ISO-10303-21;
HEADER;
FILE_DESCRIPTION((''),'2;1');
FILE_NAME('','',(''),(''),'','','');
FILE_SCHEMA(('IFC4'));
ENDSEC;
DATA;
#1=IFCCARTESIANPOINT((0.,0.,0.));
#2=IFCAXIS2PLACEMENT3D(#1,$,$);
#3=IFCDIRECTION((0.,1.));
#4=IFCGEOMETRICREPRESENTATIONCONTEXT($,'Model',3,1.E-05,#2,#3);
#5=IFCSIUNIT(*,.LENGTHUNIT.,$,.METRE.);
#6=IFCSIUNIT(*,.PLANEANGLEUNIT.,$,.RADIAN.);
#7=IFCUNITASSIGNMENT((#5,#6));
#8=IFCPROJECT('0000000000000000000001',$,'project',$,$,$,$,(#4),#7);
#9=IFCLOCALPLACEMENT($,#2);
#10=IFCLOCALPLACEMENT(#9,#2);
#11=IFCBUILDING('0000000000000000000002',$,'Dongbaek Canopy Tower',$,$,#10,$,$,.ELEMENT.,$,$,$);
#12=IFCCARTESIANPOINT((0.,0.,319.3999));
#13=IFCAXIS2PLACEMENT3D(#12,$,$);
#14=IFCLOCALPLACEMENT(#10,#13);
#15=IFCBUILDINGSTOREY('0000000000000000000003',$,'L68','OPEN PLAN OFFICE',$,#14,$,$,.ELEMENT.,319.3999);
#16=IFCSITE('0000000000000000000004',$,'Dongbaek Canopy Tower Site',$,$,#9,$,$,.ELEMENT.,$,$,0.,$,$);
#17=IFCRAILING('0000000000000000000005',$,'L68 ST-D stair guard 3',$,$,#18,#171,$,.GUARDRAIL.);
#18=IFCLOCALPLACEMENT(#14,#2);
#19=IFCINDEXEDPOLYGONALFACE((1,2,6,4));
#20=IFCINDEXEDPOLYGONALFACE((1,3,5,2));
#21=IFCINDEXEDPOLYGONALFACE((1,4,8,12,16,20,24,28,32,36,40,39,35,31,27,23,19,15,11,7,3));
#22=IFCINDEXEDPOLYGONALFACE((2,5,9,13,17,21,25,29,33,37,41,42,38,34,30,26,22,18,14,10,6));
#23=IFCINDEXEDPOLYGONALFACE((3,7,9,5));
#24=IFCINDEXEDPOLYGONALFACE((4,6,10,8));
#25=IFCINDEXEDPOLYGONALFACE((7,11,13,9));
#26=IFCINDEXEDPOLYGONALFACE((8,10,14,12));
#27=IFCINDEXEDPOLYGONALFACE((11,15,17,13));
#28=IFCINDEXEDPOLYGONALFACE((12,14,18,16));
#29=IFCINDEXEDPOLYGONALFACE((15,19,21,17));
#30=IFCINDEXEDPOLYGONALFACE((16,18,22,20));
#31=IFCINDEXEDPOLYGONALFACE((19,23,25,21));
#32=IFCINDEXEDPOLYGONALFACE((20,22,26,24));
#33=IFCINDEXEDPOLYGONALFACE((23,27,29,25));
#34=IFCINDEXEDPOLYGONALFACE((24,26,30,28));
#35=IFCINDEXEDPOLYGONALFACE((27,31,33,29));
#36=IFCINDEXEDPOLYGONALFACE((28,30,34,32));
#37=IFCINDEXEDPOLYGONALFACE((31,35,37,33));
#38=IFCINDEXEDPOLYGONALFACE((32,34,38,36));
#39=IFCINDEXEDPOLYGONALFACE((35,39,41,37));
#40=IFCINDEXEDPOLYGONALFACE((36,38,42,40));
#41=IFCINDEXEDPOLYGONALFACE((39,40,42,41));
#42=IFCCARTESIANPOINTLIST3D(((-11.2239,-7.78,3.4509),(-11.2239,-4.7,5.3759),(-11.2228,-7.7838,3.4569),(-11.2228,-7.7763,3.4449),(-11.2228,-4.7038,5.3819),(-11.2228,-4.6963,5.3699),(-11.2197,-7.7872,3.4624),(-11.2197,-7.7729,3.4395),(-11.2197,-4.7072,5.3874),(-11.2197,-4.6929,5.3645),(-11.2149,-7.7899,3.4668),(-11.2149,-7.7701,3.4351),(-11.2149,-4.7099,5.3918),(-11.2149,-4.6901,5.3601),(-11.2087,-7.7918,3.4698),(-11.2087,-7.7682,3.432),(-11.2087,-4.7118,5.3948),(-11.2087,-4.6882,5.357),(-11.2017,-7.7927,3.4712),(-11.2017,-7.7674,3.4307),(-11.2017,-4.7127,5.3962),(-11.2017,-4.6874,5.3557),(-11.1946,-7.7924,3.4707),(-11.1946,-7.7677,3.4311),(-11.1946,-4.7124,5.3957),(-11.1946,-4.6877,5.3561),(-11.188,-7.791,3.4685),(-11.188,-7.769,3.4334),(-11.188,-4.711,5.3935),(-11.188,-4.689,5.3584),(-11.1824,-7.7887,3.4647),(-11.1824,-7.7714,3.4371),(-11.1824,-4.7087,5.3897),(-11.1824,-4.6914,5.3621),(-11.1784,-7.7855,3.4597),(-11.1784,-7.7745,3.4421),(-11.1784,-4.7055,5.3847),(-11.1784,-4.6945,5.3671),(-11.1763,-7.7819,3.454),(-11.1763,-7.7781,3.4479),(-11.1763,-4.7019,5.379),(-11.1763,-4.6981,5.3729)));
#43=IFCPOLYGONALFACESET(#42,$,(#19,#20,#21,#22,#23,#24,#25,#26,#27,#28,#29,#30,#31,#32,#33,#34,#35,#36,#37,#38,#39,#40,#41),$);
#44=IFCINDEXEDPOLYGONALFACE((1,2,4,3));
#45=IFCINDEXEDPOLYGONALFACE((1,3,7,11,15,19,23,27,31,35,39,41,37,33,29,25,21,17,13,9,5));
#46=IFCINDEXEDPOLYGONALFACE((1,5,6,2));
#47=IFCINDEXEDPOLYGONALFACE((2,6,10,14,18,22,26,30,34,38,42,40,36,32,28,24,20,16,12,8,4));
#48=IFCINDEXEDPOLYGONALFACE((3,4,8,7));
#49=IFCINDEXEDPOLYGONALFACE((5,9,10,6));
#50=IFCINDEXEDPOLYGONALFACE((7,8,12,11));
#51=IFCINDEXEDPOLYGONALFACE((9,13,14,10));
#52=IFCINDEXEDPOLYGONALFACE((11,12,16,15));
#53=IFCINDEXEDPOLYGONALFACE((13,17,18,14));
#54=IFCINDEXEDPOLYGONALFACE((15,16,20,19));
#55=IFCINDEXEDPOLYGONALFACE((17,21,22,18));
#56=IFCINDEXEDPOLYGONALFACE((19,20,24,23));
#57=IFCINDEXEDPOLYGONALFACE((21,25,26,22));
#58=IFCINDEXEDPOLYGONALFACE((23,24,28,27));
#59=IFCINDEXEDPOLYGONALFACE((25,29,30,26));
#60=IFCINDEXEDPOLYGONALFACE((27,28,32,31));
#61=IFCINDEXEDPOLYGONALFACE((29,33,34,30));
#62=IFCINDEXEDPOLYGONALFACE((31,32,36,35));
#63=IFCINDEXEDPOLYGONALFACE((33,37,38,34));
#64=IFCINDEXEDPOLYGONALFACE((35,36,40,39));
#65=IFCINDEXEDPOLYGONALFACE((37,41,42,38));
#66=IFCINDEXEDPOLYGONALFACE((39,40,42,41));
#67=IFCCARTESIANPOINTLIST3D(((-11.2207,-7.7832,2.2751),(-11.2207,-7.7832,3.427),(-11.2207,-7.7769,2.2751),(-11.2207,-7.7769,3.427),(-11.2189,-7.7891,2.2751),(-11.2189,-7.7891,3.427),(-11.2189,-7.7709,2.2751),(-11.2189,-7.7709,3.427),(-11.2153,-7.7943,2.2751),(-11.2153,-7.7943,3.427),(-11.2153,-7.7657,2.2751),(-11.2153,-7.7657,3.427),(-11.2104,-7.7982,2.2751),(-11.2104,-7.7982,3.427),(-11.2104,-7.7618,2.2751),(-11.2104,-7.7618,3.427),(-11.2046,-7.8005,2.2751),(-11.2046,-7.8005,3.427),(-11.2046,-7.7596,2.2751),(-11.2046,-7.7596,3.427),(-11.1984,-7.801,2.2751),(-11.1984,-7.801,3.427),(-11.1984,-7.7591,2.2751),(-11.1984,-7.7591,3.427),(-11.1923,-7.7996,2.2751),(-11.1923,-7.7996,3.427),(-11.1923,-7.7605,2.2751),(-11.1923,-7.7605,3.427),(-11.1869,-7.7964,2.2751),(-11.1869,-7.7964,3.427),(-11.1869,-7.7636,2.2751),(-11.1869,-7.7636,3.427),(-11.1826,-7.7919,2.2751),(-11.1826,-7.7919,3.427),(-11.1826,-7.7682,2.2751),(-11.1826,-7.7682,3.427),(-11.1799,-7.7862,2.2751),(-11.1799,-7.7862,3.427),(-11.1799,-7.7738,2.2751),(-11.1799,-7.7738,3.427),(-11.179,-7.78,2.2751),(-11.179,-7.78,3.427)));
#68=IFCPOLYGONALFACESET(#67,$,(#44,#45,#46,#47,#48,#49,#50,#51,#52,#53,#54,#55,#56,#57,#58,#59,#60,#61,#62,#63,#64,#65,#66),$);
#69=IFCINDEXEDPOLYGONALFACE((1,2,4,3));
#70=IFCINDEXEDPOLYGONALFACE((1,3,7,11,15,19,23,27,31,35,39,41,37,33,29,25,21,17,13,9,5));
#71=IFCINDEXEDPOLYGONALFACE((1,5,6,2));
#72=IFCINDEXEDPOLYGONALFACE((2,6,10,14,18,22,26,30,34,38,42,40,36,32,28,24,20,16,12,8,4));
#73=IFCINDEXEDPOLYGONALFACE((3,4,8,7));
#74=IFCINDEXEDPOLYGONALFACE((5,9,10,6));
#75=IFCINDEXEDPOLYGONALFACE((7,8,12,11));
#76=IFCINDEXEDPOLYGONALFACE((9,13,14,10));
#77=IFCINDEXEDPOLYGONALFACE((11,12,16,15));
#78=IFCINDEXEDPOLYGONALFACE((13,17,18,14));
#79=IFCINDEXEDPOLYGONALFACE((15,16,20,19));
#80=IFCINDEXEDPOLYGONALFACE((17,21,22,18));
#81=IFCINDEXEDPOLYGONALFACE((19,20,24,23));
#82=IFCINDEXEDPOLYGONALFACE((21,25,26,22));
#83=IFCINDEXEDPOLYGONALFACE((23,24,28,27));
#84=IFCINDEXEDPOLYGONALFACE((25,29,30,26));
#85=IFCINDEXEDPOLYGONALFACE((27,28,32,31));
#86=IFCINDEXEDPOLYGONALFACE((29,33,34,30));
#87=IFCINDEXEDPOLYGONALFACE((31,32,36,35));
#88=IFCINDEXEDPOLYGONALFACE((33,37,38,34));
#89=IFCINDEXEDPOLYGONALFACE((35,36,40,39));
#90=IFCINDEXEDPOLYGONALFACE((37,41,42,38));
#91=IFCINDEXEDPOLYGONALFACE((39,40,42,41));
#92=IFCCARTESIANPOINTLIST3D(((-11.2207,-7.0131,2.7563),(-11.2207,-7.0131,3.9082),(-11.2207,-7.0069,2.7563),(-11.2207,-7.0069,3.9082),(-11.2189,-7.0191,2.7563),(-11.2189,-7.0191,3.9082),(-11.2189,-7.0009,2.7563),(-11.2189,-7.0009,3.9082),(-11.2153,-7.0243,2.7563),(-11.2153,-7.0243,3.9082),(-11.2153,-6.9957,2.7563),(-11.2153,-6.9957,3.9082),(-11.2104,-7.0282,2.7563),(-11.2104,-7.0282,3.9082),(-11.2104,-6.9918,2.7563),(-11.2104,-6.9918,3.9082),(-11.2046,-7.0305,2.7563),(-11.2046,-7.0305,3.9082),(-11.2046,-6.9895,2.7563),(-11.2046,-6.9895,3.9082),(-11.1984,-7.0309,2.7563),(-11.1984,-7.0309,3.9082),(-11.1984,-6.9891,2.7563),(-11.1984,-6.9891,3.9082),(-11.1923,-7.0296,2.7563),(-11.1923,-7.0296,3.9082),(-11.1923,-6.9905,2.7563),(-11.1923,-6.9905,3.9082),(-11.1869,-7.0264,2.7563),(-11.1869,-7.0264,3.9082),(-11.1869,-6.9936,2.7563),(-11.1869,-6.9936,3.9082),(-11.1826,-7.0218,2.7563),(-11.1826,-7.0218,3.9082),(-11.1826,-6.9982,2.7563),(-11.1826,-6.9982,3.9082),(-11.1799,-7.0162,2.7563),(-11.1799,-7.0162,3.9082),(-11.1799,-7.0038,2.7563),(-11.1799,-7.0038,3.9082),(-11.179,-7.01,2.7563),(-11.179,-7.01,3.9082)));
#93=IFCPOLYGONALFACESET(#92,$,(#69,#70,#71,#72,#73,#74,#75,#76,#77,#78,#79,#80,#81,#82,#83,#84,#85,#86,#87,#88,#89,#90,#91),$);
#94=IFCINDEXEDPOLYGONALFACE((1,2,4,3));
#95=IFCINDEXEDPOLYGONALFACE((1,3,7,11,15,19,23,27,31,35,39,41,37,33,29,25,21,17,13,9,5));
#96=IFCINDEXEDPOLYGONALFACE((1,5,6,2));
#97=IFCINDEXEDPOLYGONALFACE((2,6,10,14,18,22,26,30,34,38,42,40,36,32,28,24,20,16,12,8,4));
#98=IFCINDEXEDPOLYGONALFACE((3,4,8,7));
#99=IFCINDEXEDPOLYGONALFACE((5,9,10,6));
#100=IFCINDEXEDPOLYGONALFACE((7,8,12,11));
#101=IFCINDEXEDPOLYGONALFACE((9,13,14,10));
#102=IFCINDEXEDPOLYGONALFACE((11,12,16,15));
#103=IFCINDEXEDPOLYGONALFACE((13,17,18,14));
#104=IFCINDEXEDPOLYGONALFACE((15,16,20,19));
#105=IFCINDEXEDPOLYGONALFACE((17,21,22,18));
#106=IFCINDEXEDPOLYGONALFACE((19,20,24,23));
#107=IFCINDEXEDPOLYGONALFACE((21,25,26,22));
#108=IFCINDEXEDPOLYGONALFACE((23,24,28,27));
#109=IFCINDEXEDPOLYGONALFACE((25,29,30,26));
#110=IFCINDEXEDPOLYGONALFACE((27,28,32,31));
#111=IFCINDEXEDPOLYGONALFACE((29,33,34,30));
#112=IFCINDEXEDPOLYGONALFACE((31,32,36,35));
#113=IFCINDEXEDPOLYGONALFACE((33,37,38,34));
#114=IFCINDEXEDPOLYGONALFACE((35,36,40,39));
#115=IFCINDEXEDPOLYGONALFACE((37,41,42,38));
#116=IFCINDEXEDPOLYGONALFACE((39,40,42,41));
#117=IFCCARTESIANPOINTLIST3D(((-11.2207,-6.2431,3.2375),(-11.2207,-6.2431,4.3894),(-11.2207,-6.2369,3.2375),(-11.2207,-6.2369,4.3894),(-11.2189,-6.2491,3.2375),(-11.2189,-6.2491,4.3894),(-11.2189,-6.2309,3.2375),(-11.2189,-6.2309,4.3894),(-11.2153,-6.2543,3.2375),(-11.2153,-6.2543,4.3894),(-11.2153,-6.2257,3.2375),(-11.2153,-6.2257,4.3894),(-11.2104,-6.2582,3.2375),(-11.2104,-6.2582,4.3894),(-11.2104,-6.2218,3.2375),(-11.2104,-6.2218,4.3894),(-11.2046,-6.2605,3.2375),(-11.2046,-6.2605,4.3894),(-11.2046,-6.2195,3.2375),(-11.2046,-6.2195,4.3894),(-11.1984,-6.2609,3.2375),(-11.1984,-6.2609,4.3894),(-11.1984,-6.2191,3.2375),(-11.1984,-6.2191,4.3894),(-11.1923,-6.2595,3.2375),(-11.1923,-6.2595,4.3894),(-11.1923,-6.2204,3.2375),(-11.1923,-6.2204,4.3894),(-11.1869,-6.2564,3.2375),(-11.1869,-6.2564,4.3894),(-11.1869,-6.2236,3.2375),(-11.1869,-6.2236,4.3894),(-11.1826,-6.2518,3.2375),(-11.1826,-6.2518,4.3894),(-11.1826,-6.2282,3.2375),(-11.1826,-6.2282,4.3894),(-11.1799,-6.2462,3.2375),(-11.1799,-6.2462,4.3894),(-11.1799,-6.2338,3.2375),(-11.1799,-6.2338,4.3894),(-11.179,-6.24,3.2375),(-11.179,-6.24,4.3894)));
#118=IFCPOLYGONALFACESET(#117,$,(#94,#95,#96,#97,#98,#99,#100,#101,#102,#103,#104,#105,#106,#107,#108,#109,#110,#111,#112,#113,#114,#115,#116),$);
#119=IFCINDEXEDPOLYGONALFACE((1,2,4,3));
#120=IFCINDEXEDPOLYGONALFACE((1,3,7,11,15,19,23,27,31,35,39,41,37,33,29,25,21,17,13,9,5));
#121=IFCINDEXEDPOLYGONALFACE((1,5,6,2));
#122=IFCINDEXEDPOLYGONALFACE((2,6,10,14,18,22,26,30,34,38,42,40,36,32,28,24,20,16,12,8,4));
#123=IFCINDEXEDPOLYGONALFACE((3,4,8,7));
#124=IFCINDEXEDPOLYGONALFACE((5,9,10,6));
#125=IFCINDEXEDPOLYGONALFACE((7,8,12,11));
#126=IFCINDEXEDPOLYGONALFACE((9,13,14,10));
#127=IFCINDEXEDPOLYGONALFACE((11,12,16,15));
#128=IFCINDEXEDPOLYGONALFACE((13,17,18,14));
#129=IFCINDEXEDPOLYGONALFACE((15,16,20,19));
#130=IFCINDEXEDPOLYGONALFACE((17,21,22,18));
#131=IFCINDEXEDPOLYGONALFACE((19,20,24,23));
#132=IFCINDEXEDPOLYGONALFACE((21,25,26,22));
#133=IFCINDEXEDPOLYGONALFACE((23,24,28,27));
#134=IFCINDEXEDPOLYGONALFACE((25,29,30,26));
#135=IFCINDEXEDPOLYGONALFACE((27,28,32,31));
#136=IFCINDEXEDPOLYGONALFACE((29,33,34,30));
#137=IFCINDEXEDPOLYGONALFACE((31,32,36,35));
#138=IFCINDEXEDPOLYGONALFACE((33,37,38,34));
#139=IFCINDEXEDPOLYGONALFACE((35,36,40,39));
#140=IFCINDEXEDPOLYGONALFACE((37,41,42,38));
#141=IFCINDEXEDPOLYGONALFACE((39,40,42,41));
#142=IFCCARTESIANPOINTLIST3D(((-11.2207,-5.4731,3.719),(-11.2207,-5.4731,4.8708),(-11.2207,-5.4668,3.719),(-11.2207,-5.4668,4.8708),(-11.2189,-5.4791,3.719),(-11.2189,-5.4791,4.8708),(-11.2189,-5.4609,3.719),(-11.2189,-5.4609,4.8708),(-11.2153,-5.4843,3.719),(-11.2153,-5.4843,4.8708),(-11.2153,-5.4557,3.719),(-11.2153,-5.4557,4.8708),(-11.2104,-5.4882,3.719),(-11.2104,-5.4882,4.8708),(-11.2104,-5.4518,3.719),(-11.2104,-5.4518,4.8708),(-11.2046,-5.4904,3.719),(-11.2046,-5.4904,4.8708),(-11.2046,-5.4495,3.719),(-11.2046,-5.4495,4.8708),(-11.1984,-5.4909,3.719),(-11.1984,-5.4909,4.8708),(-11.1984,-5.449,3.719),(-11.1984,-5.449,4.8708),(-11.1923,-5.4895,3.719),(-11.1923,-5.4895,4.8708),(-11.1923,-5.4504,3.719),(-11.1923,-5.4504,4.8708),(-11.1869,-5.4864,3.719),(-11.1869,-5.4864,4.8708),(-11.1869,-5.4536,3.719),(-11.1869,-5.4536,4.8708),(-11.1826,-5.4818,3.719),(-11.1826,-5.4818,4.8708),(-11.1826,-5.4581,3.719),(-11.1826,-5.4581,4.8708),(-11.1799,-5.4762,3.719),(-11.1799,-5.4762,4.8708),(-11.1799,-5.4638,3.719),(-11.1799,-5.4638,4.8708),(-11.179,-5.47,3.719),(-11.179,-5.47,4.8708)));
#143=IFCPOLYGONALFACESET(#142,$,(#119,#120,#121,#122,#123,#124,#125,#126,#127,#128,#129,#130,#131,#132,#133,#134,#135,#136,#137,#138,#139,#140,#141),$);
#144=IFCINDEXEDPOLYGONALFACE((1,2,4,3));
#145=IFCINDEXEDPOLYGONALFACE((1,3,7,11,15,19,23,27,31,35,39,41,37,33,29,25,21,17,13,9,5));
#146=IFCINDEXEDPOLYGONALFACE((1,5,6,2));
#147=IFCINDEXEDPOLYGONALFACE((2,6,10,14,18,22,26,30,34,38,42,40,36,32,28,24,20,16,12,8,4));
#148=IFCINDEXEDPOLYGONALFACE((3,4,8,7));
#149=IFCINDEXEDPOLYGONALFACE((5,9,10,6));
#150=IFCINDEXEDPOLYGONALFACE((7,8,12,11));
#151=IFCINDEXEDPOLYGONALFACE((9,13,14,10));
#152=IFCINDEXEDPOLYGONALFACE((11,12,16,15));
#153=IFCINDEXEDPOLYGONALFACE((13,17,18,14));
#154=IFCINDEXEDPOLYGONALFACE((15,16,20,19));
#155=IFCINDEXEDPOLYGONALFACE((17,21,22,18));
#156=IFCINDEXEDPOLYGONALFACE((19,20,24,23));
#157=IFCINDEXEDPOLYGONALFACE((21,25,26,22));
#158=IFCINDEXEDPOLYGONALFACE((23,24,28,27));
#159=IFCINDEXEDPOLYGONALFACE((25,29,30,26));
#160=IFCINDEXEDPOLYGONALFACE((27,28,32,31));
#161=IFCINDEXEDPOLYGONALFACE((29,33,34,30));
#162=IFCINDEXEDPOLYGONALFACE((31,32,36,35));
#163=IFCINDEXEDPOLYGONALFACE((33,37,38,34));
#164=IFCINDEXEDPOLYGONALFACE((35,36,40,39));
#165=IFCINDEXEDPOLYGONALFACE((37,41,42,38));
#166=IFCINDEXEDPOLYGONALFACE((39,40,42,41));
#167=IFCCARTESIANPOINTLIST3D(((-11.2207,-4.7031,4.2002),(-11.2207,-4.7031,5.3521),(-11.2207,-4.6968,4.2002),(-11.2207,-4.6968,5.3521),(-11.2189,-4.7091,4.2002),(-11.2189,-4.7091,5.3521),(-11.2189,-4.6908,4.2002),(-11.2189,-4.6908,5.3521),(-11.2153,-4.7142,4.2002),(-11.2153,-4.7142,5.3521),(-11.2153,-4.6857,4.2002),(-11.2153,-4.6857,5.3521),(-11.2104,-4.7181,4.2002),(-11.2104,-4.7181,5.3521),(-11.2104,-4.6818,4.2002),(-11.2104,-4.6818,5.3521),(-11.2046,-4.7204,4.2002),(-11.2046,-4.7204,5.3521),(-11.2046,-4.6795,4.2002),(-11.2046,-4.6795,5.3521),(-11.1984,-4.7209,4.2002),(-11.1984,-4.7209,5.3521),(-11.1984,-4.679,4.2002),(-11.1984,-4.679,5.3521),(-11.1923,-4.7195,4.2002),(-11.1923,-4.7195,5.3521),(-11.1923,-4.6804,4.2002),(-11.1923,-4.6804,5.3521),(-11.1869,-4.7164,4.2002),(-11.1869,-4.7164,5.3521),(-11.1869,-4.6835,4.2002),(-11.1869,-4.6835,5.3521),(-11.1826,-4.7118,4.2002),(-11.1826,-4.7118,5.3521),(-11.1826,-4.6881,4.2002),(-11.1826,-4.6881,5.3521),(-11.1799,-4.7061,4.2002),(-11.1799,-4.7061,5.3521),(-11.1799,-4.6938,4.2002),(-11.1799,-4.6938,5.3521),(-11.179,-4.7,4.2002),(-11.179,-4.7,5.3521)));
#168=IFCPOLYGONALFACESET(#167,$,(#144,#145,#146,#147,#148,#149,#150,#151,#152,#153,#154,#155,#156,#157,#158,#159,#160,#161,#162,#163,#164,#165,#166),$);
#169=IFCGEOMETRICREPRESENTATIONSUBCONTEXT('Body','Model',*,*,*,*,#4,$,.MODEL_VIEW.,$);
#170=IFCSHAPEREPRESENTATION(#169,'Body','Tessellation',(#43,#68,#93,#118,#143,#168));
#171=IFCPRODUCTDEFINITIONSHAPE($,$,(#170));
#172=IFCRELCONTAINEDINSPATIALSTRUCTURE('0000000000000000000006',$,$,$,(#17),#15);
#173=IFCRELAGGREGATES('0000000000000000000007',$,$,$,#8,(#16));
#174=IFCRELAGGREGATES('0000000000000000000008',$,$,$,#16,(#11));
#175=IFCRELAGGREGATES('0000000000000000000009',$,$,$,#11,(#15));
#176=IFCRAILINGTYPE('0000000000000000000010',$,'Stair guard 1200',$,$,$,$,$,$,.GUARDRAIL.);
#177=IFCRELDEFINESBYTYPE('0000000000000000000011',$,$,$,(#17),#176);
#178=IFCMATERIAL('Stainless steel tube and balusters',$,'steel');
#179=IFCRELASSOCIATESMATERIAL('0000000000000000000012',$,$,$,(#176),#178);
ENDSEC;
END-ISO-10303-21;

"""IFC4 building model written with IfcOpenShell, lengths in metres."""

from ifc_helpers import new_model, si_unit, direction, frame, origin, origin_2d, place, context, subcontext, project, spatial, circle, extrude, material, type_object, element, save


model = new_model("IFC4")

# Units and contexts
model_context = context("Model", 3, precision=1e-05, world=origin(), true_north=direction((0.0, 1.0)))
body_context = subcontext(model_context, "Body", "Model", "MODEL_VIEW")
ifc_project = project(units=[si_unit("LENGTHUNIT", "METRE"), si_unit("PLANEANGLEUNIT", "RADIAN")], contexts=[model_context])

# Site, building, storey
site_placement = place(None, origin())
site = spatial("IfcSite", under=ifc_project, at=site_placement, Name="Dongbaek Canopy Tower Site", CompositionType="ELEMENT", RefElevation=0.0)
building_placement = place(site_placement, origin())
building = spatial("IfcBuilding", under=site, at=building_placement, Name="Dongbaek Canopy Tower", CompositionType="ELEMENT")
storey_placement = place(building_placement, frame((0.0, 0.0, 319.3999)))
storey = spatial("IfcBuildingStorey", under=building, at=storey_placement, Name="L68", Description="OPEN PLAN OFFICE", CompositionType="ELEMENT", Elevation=319.3999)

# Railing
ifc_material_1 = material(Name="Stainless steel tube and balusters", Category="steel")
railing_type_1 = type_object("IfcRailingType", Name="Stair guard 1200", PredefinedType="GUARDRAIL", material=ifc_material_1)
railing_1_placement = place(storey_placement, frame((-11.2, -7.78, 2.2751)))
element("IfcRailing", 1, at=railing_1_placement, inside=storey, type_object=railing_type_1, Name="L68 ST-D stair guard 3", PredefinedType="GUARDRAIL", context=body_context, shape_type="SweptSolid", body=[
    extrude(circle(Radius=0.0239, at=origin_2d()), frame((0.0, 0.0, 1.1758), z_axis=(0.0, 0.847998, 0.529999), x_axis=(-1.0, 0.0, 0.0)), (0.0, 0.0, 1.0), 3.6321),
    extrude(circle(Radius=0.021, at=origin_2d()), origin(), (0.0, 0.0, 1.0), 1.1519),
    extrude(circle(Radius=0.021, at=origin_2d()), frame((0.0, 0.77, 0.4812)), (0.0, 0.0, 1.0), 1.1519),
    extrude(circle(Radius=0.021, at=origin_2d()), frame((0.0, 1.54, 0.9624)), (0.0, 0.0, 1.0), 1.1519),
    extrude(circle(Radius=0.021, at=origin_2d()), frame((0.0, 2.3101, 1.4438)), (0.0, 0.0, 1.0), 1.1519),
    extrude(circle(Radius=0.021, at=origin_2d()), frame((0.0, 3.0801, 1.925)), (0.0, 0.0, 1.0), 1.1519),
])

save(model, "model.ifc")
